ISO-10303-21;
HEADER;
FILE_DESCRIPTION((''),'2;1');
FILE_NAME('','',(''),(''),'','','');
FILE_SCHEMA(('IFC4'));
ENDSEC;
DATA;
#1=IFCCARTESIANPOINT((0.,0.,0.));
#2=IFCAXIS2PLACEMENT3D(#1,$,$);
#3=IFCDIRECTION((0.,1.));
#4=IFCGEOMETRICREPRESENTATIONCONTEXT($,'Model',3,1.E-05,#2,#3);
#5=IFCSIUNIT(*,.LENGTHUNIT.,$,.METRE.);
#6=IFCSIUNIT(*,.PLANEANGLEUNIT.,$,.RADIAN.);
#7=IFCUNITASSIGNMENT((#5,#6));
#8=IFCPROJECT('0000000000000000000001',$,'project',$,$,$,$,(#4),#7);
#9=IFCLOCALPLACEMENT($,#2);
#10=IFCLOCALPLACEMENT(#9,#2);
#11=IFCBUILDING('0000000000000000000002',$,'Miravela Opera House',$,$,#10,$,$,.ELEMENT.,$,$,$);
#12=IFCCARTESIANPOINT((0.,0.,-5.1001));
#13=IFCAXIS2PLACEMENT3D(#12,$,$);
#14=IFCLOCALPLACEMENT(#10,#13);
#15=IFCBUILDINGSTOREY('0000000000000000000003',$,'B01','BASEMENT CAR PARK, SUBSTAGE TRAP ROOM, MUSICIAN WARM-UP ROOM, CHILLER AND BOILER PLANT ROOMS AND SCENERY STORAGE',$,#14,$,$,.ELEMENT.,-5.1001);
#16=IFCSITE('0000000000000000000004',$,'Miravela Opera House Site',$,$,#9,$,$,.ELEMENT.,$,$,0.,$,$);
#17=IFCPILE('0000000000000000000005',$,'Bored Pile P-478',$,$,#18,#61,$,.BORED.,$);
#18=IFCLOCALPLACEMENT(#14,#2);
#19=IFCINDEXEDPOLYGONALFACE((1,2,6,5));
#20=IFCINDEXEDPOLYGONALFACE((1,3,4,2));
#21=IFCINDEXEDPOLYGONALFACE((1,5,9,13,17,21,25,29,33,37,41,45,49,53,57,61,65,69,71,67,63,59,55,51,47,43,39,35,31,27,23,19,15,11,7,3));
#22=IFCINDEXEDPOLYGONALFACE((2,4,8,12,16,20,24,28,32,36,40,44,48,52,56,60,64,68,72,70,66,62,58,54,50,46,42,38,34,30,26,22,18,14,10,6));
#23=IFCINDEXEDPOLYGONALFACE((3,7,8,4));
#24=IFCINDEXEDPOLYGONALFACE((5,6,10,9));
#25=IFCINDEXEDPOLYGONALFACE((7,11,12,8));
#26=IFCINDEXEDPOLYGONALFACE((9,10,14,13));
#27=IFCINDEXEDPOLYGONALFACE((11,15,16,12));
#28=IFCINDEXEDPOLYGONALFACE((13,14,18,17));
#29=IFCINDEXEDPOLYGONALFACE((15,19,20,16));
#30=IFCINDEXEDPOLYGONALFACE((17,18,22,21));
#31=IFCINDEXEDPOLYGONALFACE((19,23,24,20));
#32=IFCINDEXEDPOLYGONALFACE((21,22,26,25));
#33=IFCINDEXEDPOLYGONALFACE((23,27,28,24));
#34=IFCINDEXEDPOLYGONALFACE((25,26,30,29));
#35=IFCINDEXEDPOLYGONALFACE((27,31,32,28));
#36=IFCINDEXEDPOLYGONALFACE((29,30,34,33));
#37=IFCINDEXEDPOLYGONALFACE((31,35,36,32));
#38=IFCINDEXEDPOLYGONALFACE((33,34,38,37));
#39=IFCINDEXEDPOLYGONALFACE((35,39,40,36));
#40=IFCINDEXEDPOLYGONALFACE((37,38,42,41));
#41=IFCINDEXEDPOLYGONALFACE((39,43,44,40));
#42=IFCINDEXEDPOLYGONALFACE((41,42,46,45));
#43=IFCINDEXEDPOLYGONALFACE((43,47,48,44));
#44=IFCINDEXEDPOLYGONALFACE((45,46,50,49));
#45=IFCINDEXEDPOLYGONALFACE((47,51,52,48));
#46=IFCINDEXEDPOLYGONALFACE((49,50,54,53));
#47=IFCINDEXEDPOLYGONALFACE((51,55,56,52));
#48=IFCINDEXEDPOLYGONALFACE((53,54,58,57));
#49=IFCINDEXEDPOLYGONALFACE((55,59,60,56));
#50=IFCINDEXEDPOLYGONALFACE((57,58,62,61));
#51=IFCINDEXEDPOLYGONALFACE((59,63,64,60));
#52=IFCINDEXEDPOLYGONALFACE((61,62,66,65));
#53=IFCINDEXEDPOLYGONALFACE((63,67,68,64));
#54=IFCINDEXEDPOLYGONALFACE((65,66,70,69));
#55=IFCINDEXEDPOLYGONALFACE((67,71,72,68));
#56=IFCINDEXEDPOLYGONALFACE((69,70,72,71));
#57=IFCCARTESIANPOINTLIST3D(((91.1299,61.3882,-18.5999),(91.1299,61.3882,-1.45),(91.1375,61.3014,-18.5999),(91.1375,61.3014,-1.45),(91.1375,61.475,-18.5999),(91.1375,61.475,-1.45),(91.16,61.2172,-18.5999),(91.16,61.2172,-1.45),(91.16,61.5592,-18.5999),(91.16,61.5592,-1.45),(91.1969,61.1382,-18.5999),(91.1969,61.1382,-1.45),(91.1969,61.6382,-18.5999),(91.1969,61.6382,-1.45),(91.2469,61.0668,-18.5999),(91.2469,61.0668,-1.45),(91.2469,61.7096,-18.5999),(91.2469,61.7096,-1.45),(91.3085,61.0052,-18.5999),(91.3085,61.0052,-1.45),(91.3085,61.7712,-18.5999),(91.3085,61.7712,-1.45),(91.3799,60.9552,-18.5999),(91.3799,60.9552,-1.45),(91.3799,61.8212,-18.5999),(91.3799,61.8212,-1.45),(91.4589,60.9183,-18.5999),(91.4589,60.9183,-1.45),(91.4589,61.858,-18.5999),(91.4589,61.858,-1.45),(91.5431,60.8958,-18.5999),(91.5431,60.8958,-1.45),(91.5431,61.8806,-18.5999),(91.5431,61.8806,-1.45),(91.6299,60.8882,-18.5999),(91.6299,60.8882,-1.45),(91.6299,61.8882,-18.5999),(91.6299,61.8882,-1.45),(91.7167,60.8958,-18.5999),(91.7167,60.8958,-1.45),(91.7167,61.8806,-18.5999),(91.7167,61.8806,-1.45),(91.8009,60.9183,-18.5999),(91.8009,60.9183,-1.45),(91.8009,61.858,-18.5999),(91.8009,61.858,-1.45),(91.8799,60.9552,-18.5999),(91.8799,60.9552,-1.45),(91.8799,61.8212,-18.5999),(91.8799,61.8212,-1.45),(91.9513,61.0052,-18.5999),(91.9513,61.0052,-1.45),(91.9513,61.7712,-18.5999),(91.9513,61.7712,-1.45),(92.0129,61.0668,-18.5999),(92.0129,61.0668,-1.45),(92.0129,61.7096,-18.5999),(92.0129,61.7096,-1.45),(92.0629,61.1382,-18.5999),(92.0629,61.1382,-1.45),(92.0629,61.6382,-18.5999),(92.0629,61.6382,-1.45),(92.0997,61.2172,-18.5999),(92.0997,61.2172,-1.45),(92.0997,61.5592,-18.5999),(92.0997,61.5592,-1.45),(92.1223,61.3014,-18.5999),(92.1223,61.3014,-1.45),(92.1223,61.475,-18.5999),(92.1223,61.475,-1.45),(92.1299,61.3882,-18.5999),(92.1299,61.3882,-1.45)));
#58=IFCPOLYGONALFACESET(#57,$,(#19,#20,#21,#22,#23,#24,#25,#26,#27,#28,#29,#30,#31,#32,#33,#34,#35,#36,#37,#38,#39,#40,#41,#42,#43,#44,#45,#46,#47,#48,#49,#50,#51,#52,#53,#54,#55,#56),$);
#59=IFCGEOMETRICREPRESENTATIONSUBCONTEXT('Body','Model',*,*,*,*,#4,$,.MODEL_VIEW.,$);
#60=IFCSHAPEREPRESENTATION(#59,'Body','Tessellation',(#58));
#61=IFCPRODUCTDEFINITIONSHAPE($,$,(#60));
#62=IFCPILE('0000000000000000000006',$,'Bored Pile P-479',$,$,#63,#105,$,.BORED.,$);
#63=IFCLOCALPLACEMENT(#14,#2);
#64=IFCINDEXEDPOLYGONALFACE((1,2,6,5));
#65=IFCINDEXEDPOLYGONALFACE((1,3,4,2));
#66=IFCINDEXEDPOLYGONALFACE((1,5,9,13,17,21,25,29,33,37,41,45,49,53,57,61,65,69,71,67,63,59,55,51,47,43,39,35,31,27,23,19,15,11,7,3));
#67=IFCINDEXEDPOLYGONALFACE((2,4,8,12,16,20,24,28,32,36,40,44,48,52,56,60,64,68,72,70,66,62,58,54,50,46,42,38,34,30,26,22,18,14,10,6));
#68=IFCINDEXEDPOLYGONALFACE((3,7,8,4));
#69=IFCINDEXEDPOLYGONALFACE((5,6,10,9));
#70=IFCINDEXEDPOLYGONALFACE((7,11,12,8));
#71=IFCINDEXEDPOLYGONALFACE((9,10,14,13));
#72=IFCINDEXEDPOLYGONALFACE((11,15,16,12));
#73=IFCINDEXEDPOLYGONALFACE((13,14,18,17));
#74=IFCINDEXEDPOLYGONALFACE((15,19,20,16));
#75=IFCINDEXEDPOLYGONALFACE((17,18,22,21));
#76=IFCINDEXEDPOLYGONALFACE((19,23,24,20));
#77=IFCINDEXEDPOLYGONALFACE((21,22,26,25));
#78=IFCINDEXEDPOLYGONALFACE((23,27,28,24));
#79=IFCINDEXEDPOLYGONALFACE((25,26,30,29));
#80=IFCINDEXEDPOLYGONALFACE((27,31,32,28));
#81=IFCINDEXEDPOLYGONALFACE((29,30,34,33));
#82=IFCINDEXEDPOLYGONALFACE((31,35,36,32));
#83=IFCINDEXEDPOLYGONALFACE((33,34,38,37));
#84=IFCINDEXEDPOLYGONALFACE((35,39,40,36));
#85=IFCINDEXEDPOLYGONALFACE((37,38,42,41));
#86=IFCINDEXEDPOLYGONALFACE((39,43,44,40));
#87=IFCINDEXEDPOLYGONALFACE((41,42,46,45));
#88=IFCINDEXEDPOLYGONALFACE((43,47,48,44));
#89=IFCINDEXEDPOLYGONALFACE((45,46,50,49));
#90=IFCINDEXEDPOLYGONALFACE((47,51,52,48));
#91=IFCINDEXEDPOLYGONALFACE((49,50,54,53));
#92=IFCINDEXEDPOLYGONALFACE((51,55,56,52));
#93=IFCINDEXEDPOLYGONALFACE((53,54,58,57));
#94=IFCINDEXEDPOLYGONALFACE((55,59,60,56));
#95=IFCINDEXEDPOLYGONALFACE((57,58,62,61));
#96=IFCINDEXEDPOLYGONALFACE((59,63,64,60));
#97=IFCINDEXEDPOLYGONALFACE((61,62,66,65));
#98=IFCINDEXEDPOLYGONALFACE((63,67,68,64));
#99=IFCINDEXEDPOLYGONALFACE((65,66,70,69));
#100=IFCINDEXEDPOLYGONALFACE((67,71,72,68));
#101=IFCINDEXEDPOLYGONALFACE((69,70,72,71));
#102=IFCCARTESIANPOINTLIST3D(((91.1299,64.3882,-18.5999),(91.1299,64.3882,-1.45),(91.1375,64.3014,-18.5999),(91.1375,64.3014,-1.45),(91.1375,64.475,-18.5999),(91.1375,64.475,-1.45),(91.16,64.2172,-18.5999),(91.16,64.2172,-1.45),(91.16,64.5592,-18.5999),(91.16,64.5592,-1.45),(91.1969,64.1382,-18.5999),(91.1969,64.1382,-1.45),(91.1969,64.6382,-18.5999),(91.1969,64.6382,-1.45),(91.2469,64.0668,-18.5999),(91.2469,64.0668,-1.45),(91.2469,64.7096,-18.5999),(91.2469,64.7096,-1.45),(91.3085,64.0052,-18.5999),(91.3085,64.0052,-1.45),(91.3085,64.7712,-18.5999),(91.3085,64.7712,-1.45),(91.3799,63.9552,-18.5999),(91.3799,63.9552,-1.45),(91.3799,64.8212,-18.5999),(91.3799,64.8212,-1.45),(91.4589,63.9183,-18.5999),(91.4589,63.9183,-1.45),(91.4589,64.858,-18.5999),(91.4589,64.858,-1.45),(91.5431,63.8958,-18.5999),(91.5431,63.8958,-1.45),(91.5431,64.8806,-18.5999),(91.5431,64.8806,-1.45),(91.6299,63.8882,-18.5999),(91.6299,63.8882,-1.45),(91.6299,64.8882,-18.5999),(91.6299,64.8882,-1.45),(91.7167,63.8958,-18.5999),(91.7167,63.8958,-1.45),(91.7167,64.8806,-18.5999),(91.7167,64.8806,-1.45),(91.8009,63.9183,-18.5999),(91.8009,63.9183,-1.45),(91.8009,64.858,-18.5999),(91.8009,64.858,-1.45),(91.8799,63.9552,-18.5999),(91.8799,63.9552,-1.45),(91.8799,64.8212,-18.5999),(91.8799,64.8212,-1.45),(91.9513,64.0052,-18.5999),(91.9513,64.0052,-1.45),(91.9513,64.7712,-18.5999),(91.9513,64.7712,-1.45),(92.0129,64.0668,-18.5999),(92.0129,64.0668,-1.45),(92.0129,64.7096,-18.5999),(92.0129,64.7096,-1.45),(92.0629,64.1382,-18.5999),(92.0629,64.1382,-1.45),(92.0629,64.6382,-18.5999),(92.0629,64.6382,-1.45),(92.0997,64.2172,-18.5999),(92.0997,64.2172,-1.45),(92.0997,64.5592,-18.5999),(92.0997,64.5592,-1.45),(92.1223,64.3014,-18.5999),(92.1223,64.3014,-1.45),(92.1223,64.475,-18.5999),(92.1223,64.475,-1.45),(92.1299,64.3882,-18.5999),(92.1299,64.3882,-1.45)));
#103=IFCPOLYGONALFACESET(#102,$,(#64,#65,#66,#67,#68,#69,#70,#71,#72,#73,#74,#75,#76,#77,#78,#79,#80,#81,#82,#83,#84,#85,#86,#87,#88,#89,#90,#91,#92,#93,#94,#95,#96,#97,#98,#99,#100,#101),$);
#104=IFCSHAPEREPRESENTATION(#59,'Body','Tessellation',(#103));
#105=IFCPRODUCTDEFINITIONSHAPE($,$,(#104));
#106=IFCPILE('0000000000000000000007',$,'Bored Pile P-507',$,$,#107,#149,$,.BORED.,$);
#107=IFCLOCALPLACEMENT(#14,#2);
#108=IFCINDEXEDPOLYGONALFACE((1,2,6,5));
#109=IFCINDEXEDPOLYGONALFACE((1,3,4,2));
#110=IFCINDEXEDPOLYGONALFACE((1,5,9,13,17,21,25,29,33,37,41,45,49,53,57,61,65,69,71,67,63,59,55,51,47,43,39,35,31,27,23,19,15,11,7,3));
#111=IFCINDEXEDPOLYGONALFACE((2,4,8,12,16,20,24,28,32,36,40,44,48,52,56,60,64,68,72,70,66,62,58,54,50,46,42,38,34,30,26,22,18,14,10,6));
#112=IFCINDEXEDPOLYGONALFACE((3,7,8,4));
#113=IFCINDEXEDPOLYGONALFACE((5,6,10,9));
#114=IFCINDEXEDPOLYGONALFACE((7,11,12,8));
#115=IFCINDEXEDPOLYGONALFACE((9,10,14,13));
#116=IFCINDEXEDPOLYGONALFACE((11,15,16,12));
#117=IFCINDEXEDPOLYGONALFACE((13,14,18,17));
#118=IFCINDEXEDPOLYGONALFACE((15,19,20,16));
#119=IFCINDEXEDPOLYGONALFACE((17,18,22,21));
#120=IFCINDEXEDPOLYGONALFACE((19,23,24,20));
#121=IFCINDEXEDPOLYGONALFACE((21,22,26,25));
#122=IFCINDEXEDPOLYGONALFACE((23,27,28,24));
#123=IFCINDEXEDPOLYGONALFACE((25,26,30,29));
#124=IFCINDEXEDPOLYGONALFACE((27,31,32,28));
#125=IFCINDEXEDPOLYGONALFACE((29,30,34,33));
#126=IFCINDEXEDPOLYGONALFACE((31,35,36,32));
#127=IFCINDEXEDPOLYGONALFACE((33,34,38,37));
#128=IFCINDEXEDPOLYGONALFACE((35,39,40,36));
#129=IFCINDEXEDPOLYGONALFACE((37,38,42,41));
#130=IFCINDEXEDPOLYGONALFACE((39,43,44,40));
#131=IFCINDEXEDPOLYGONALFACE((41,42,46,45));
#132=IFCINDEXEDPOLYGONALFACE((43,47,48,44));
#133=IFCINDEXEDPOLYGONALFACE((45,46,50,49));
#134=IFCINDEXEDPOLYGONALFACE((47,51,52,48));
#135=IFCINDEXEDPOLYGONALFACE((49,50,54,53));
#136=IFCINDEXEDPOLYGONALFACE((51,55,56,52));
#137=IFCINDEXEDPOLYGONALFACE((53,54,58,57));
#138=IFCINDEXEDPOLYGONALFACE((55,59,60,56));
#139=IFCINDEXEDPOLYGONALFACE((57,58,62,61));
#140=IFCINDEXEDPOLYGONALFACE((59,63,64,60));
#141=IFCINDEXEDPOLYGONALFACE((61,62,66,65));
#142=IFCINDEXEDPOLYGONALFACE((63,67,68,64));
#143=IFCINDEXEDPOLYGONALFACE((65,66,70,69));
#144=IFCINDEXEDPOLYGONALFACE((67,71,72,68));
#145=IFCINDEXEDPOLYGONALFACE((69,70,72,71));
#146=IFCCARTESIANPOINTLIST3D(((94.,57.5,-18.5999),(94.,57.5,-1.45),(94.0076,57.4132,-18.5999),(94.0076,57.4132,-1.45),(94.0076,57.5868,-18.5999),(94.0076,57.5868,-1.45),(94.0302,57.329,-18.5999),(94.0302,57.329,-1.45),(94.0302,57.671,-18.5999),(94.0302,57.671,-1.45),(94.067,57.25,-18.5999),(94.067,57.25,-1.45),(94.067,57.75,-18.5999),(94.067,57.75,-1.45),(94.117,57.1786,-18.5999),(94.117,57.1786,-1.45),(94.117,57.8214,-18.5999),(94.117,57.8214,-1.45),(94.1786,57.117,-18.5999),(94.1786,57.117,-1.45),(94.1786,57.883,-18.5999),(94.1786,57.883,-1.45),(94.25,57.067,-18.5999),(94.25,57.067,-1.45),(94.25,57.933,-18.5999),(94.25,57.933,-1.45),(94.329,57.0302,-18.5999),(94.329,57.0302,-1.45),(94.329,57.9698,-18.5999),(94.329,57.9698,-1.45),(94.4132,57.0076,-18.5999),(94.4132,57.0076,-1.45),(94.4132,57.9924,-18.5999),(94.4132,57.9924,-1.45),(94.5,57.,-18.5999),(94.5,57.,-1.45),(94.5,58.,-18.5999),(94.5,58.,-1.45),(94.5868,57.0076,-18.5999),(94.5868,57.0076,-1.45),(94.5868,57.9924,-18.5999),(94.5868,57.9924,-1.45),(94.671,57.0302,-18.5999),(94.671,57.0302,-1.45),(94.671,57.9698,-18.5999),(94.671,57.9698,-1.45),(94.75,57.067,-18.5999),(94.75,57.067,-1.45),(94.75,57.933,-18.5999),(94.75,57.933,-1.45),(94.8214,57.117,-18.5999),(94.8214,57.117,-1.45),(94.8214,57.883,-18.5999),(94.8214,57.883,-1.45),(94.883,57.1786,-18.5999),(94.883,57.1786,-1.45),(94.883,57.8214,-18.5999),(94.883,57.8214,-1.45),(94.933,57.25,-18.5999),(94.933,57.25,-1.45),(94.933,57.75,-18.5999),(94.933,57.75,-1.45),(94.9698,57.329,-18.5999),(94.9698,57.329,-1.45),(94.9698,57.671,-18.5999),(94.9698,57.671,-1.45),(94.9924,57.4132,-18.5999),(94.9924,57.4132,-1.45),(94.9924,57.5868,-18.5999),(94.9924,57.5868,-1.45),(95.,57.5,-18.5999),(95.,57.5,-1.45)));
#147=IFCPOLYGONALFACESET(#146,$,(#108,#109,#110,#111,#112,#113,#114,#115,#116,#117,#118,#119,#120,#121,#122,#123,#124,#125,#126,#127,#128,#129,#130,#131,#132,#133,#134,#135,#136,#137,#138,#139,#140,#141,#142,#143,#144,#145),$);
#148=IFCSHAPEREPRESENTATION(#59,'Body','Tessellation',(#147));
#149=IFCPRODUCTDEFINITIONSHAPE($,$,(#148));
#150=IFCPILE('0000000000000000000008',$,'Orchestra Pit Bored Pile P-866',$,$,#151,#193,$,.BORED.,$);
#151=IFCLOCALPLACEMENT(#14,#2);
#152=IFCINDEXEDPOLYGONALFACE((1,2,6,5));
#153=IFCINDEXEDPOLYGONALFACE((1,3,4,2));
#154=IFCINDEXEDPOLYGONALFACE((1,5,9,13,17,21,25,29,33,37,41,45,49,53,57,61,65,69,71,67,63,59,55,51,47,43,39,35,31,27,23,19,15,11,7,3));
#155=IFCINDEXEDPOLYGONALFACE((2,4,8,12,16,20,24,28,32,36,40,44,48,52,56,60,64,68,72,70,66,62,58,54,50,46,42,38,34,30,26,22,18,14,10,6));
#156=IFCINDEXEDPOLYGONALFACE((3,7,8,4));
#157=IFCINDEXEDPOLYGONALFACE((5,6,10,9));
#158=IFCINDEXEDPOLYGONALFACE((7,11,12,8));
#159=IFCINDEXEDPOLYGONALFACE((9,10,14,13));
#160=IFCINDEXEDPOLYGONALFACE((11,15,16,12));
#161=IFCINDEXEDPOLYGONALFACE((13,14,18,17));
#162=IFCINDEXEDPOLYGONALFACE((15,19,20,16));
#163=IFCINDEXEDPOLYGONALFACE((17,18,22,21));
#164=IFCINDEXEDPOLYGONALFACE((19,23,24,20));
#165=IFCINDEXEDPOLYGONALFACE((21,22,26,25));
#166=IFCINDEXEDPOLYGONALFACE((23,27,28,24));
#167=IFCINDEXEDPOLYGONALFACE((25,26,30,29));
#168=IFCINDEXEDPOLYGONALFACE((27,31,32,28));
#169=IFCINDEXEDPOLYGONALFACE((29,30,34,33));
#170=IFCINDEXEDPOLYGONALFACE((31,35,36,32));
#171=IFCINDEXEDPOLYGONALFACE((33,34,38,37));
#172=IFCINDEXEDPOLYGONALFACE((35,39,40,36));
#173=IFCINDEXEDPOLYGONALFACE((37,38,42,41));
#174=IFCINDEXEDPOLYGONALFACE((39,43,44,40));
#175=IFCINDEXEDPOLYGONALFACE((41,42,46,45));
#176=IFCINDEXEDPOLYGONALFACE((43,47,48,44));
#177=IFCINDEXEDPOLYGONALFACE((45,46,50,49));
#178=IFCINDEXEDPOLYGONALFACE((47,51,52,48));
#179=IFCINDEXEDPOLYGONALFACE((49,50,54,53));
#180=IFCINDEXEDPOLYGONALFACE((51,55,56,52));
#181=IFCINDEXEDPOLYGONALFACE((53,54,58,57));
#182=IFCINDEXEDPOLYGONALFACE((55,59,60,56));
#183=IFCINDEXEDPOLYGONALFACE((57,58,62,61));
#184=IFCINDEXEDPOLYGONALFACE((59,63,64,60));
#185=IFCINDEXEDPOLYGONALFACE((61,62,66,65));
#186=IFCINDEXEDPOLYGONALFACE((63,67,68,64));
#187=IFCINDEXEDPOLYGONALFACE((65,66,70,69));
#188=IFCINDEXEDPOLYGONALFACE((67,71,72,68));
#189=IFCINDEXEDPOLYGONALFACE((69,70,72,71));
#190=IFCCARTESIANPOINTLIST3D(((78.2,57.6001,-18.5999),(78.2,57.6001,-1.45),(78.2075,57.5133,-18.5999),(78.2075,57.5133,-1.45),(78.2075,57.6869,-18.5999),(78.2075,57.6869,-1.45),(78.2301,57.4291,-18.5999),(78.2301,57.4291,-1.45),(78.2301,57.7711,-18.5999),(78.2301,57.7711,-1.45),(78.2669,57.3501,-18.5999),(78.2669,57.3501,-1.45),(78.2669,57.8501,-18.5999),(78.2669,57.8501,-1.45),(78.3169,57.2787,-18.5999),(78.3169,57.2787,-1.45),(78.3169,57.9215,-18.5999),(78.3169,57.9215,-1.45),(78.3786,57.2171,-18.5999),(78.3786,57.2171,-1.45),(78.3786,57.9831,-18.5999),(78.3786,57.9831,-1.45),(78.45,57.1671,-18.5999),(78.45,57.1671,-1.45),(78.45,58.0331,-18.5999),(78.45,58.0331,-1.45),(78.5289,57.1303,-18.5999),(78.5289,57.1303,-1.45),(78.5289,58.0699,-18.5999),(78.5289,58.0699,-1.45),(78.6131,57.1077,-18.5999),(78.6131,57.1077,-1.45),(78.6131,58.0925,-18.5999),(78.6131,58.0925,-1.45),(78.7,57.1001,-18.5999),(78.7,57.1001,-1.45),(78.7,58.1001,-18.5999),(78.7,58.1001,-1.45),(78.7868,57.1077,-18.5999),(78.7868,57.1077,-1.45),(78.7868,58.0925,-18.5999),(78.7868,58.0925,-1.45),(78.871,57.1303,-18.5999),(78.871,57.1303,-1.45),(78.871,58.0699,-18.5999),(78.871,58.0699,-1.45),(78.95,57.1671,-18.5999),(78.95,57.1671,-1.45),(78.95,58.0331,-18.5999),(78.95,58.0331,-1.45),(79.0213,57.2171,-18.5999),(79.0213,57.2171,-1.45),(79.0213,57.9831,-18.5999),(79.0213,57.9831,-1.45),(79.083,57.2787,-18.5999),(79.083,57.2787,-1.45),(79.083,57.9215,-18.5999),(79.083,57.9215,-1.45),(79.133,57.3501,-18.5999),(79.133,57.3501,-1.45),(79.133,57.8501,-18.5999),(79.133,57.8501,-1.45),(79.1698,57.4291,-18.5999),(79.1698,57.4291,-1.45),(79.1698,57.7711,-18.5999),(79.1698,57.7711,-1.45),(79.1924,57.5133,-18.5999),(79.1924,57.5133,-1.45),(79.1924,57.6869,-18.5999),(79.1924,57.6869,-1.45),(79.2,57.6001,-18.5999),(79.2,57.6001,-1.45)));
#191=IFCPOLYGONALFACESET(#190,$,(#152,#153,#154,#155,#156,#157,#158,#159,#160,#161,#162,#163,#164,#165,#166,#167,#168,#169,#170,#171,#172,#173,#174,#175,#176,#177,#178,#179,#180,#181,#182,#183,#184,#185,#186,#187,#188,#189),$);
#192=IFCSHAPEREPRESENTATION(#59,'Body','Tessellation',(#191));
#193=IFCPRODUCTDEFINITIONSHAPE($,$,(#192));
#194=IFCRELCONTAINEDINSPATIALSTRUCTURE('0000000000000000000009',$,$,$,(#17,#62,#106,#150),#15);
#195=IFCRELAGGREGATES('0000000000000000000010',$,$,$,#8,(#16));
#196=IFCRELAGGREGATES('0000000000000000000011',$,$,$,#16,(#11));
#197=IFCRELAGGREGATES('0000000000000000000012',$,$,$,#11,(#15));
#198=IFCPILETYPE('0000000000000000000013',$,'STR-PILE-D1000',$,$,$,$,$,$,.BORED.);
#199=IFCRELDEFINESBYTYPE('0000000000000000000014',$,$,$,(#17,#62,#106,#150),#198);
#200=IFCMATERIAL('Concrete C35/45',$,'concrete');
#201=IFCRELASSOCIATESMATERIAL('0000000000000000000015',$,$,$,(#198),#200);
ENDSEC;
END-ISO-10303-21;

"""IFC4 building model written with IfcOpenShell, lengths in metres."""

from ifc_helpers import new_model, si_unit, direction, frame, origin, origin_2d, place, context, subcontext, project, spatial, circle, extrude, material, material_profile, profile_set, type_object, element, save


model = new_model("IFC4")

# Units and contexts
model_context = context("Model", 3, precision=1e-05, world=origin(), true_north=direction((0.0, 1.0)))
body_context = subcontext(model_context, "Body", "Model", "MODEL_VIEW")
ifc_project = project(units=[si_unit("LENGTHUNIT", "METRE"), si_unit("PLANEANGLEUNIT", "RADIAN")], contexts=[model_context])

# Site, building, storey
site_placement = place(None, origin())
site = spatial("IfcSite", under=ifc_project, at=site_placement, Name="Miravela Opera House Site", CompositionType="ELEMENT", RefElevation=0.0)
building_placement = place(site_placement, origin())
building = spatial("IfcBuilding", under=site, at=building_placement, Name="Miravela Opera House", CompositionType="ELEMENT")
storey_placement = place(building_placement, frame((0.0, 0.0, -5.1001)))
storey = spatial("IfcBuildingStorey", under=building, at=storey_placement, Name="B01", Description="BASEMENT CAR PARK, SUBSTAGE TRAP ROOM, MUSICIAN WARM-UP ROOM, CHILLER AND BOILER PLANT ROOMS AND SCENERY STORAGE", CompositionType="ELEMENT", Elevation=-5.1001)

# Shared definitions
ifc_material_1 = material(Name="Concrete C35/45", Category="concrete")

# Piles
ifc_material_profile_1 = material_profile(ifc_material_1, circle(Radius=0.5, at=origin_2d()), Name="PILE-D1000")
ifc_profile_set_1 = profile_set([ifc_material_profile_1])
pile_type_1 = type_object("IfcPileType", Name="STR-PILE-D1000", PredefinedType="BORED", material=ifc_profile_set_1)
for number, where, z_axis, x_axis, name in (
    (1, (91.6299, 61.3882, -1.45), (0.0, 0.0, -1.0), (1.0, 0.0, 0.0), "Bored Pile P-478"),
    (2, (91.6299, 64.3882, -1.45), (0.0, 0.0, -1.0), (1.0, 0.0, 0.0), "Bored Pile P-479"),
    (3, (94.5, 57.5, -1.45), (0.0, 0.0, -1.0), (1.0, 0.0, 0.0), "Bored Pile P-507"),
    (4, (78.7, 57.6001, -1.45), (0.0, 0.0, -1.0), (1.0, 0.0, 0.0), "Orchestra Pit Bored Pile P-866"),
):
    element("IfcPile", number, at=place(storey_placement, frame(where, z_axis=z_axis, x_axis=x_axis)), inside=storey, type_object=pile_type_1, Name=name, PredefinedType="BORED", context=body_context, shape_type="SweptSolid", body=[
        extrude(circle(Radius=0.5, at=origin_2d()), origin(), (0.0, 0.0, 1.0), 17.1499),
    ])

save(model, "model.ifc")
